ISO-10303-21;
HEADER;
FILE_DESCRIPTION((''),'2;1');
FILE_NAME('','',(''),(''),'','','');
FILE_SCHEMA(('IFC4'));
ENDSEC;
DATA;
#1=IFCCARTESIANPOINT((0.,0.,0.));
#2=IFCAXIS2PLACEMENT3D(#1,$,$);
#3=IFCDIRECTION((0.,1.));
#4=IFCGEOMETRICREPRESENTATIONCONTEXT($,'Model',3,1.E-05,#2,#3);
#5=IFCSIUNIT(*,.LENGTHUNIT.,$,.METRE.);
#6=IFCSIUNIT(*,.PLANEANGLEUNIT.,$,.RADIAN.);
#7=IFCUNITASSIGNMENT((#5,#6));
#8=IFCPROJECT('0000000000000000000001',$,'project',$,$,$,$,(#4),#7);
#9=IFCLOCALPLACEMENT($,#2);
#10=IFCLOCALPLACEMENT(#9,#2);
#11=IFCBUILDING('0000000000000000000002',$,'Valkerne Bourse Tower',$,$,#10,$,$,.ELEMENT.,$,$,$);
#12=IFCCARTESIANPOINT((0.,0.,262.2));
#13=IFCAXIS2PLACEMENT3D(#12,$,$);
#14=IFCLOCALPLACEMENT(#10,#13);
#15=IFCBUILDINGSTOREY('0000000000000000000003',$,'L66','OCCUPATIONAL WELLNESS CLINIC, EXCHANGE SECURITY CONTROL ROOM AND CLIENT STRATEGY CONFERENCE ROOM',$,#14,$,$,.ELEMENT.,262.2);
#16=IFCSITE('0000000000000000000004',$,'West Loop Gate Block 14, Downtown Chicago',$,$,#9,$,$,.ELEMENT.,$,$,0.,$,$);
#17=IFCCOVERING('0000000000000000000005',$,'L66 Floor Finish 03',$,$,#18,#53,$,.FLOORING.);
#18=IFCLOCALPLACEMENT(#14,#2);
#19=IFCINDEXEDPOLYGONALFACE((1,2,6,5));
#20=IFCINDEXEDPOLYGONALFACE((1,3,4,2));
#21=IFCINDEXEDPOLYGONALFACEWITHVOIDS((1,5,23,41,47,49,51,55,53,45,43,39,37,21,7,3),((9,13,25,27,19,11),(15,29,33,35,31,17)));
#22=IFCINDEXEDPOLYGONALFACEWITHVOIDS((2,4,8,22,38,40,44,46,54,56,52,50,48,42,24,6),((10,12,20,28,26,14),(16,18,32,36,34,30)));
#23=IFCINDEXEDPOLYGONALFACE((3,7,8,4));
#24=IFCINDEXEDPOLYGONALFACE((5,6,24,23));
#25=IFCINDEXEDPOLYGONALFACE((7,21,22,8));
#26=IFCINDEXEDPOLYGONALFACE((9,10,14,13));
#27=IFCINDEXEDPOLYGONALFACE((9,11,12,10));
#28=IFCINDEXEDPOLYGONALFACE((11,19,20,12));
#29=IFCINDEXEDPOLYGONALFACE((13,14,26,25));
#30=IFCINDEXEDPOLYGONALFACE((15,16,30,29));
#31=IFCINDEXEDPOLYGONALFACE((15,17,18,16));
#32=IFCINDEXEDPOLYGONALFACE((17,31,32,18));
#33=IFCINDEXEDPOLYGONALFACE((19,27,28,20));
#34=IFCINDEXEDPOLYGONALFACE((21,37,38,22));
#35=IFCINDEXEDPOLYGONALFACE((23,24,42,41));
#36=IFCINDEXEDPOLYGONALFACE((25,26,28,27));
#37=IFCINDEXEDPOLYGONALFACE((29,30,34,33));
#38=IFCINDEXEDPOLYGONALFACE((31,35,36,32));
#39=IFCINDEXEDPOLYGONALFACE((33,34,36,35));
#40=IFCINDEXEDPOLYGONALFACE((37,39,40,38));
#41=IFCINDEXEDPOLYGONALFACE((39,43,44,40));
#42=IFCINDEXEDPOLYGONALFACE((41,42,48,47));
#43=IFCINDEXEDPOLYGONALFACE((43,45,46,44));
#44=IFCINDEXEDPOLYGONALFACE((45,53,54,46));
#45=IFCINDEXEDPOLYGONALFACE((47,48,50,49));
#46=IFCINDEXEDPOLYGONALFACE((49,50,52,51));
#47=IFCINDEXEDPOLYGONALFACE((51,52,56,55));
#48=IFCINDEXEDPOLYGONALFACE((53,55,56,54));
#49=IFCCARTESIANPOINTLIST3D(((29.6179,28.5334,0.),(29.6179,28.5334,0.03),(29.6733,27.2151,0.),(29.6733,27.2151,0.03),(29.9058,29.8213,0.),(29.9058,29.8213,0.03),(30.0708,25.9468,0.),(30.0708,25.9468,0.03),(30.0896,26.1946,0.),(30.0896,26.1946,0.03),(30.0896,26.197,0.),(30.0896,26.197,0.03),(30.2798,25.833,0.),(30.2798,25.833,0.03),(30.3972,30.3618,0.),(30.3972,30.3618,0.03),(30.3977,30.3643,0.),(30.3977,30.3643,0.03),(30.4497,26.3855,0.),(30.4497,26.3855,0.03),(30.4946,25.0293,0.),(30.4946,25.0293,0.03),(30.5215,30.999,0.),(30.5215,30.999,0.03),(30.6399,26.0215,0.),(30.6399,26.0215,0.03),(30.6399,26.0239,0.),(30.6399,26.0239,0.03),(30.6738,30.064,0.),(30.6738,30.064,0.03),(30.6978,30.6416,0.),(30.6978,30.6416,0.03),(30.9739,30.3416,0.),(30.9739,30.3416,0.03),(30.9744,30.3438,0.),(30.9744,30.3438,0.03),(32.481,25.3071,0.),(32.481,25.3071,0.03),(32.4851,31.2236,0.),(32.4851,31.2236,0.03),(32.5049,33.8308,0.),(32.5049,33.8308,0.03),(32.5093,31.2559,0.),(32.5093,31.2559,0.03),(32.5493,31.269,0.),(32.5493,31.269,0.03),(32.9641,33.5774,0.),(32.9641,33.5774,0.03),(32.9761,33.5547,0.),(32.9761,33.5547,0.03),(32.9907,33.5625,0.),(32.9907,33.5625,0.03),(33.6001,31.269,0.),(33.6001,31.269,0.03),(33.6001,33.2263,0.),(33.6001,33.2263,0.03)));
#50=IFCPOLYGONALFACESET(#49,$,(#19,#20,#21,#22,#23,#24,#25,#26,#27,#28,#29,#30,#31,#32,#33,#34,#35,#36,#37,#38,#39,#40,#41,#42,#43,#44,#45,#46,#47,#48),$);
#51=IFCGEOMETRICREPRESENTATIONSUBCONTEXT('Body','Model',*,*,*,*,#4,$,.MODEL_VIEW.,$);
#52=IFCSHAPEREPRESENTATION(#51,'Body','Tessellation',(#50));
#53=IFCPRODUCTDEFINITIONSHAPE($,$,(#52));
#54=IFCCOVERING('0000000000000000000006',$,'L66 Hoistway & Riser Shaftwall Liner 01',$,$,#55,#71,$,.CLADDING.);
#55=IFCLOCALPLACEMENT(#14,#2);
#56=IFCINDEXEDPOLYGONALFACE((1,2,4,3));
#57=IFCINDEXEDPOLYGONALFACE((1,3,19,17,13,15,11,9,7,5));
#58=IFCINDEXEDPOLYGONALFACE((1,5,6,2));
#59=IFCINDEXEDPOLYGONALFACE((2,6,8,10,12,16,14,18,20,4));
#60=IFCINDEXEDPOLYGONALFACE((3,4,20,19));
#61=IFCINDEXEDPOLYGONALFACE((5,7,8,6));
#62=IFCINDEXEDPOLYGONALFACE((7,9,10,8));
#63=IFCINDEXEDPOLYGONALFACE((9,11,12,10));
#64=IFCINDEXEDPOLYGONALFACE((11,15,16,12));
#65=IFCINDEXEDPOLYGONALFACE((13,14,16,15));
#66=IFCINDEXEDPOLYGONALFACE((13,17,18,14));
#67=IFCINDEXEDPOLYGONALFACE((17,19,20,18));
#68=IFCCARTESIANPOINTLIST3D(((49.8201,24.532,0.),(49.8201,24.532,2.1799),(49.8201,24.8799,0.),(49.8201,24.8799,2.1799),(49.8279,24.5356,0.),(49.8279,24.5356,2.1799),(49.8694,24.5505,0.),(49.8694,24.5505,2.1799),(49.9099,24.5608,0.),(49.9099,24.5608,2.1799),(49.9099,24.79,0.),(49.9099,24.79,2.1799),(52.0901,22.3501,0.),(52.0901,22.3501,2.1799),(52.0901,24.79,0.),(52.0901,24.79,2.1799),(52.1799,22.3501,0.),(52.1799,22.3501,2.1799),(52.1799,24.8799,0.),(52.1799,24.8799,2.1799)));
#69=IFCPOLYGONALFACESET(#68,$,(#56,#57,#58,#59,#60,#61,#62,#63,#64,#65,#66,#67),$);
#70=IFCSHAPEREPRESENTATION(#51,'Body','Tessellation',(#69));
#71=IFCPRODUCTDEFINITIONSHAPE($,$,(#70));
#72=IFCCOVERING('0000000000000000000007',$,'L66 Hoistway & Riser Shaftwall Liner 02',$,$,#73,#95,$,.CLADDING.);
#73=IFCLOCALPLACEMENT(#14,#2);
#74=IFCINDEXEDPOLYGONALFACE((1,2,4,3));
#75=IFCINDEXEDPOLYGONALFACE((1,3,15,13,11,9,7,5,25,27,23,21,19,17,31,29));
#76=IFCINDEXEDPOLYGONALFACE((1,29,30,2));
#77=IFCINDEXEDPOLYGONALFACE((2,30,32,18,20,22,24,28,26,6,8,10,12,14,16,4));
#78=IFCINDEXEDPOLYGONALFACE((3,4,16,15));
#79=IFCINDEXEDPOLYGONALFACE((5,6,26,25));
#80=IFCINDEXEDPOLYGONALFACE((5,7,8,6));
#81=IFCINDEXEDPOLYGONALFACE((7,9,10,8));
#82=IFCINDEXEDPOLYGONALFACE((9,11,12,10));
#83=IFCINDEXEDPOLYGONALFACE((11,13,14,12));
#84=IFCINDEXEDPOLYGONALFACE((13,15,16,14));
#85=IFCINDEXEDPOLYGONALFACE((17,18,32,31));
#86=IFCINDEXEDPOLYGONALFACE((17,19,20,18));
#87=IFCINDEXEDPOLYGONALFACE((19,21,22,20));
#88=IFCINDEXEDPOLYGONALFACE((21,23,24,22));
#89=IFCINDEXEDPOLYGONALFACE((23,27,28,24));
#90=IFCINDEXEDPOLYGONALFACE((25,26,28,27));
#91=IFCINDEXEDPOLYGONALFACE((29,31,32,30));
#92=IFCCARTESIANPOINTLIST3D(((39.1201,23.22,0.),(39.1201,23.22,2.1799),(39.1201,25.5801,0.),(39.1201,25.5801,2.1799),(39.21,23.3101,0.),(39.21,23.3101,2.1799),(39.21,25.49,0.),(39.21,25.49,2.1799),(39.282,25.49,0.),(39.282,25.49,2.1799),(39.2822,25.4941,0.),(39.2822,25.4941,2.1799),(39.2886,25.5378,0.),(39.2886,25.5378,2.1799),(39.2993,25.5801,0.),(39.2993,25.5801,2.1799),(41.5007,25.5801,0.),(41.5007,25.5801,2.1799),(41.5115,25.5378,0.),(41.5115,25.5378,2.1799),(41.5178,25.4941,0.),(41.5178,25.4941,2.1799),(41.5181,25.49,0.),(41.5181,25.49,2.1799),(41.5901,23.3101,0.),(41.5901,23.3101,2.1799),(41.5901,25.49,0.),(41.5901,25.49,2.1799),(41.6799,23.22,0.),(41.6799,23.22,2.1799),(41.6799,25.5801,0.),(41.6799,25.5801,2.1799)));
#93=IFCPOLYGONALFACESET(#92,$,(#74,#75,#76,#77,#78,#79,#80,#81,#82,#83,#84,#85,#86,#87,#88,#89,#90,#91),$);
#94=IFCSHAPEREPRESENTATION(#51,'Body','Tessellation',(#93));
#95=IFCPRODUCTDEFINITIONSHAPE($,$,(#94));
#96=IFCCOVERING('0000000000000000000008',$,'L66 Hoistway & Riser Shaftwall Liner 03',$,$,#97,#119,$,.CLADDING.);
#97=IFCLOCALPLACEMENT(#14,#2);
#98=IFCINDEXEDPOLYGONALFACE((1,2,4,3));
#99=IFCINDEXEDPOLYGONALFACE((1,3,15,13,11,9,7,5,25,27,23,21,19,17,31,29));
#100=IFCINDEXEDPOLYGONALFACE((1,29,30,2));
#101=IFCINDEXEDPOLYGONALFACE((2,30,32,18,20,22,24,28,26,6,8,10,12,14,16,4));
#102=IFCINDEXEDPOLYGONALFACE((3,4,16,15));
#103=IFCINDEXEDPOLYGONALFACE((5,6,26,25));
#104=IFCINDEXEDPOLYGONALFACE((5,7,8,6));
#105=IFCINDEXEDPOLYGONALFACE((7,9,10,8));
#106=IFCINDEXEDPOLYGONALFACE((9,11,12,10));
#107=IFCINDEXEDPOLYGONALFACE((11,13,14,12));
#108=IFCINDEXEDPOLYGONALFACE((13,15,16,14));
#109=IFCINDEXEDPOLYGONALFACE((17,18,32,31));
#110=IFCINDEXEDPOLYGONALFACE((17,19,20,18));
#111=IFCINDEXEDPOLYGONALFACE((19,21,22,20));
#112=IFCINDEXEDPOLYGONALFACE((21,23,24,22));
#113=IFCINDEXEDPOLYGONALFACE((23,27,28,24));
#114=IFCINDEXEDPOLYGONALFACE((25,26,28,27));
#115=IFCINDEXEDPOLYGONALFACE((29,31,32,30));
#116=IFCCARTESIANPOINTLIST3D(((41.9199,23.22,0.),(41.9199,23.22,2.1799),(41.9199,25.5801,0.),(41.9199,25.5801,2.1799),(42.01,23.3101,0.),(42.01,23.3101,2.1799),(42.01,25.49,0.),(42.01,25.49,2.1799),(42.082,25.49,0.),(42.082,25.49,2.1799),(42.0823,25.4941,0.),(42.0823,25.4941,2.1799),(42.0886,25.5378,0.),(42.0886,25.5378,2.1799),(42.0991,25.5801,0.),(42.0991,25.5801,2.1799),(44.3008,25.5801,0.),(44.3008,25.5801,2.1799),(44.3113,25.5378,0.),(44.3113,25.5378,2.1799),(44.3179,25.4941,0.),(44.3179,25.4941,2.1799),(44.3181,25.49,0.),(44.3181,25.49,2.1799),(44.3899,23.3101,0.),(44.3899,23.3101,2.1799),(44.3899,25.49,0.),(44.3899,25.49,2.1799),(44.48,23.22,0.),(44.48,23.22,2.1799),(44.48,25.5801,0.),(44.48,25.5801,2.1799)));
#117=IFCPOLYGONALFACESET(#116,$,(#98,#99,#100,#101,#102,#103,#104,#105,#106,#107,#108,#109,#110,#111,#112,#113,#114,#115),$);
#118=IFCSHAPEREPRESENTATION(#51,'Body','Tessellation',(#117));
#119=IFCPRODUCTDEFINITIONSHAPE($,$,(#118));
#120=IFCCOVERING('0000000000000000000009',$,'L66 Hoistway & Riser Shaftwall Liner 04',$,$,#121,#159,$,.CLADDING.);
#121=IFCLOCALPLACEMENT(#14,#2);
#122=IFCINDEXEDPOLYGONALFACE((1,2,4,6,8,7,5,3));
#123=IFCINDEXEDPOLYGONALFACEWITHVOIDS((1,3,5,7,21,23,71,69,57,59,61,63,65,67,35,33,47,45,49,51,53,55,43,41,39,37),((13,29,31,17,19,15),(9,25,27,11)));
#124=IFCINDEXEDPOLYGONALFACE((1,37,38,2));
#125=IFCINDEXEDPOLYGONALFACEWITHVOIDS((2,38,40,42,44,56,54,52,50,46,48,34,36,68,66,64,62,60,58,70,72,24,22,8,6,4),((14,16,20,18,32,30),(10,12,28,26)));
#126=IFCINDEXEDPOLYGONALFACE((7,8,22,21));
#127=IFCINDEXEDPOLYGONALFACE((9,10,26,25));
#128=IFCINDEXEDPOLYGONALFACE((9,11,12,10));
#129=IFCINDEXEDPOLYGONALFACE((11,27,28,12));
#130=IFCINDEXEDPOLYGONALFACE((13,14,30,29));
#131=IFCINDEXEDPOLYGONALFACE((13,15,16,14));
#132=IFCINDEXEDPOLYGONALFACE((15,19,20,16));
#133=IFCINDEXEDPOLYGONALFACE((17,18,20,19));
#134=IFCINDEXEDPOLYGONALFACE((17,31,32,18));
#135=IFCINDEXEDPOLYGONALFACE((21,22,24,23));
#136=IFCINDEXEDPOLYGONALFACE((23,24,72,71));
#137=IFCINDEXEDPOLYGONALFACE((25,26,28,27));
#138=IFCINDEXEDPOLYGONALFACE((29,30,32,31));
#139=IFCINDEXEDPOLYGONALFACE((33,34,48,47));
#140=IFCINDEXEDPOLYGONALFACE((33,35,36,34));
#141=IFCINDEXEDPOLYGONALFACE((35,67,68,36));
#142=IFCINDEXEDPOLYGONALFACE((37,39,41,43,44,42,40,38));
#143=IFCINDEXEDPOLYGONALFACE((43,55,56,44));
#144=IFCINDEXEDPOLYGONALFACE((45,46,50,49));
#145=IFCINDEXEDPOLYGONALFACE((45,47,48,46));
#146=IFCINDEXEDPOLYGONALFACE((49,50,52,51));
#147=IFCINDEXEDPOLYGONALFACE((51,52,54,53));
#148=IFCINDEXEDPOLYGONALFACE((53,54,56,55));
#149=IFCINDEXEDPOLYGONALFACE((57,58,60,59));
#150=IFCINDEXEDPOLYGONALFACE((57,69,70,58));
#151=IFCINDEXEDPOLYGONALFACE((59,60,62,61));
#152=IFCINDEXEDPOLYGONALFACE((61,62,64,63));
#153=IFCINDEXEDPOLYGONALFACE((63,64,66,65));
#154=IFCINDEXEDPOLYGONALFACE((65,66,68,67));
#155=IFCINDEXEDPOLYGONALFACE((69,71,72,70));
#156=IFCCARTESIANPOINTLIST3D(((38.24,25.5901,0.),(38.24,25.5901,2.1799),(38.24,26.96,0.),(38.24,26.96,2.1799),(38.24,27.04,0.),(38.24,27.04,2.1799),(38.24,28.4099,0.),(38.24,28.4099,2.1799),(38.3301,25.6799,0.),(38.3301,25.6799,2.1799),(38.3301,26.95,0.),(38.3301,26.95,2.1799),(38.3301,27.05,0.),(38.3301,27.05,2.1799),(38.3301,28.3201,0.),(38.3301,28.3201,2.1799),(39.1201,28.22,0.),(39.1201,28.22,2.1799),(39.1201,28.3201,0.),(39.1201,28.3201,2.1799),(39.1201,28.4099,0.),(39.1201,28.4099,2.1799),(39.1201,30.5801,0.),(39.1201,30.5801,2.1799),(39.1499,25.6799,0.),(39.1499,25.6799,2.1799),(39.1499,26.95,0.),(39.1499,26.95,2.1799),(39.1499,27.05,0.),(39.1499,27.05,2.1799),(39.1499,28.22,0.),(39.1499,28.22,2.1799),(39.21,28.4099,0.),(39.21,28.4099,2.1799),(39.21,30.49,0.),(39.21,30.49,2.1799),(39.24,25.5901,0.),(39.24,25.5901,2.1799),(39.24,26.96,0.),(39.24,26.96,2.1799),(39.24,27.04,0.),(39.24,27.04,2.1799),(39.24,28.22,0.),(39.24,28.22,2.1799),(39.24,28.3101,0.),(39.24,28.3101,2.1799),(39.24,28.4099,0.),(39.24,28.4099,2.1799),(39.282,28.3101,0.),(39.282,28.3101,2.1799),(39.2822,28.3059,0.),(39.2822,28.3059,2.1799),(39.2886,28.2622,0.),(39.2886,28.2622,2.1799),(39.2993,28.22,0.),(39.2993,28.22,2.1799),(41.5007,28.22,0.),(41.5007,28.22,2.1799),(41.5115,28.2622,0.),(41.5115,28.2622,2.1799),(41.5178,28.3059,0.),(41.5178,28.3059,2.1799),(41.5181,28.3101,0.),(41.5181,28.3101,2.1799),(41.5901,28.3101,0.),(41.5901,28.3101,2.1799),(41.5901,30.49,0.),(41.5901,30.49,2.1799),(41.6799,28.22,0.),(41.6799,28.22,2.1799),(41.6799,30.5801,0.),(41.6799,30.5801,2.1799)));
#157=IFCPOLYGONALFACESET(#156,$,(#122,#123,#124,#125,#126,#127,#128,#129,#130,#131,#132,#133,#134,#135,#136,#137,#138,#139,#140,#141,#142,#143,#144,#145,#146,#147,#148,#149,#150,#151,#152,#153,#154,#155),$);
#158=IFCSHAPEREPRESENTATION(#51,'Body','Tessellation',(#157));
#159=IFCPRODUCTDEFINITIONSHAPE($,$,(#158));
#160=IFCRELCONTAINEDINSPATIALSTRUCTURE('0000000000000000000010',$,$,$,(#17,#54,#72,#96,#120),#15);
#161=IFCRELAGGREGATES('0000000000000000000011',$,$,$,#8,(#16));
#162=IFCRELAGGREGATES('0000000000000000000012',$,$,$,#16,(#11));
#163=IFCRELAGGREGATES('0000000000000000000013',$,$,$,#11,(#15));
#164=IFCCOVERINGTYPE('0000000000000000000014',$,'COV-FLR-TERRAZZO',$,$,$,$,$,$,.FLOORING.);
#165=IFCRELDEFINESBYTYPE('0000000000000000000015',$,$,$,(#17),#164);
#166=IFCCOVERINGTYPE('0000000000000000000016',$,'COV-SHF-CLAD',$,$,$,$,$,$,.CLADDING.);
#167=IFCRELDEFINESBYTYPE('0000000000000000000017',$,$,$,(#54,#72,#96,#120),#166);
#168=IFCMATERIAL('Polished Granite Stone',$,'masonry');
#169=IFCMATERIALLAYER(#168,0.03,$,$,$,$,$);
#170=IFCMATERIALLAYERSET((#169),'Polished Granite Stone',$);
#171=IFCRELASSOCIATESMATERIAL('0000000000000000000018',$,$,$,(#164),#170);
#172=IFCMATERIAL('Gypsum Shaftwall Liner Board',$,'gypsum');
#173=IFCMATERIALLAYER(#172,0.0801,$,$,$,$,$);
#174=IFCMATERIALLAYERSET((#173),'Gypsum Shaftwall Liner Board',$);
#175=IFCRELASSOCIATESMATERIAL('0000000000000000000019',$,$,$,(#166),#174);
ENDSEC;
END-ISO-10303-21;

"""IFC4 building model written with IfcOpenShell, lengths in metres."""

from ifc_helpers import new_model, si_unit, direction, frame, origin, place, context, subcontext, project, spatial, polyline, outline, extrude, material, layer, layer_set, type_object, element, save


model = new_model("IFC4")

# Units and contexts
model_context = context("Model", 3, precision=1e-05, world=origin(), true_north=direction((0.0, 1.0)))
body_context = subcontext(model_context, "Body", "Model", "MODEL_VIEW")
ifc_project = project(units=[si_unit("LENGTHUNIT", "METRE"), si_unit("PLANEANGLEUNIT", "RADIAN")], contexts=[model_context])

# Site, building, storey
site_placement = place(None, origin())
site = spatial("IfcSite", under=ifc_project, at=site_placement, Name="West Loop Gate Block 14, Downtown Chicago", CompositionType="ELEMENT", RefElevation=0.0)
building_placement = place(site_placement, origin())
building = spatial("IfcBuilding", under=site, at=building_placement, Name="Valkerne Bourse Tower", CompositionType="ELEMENT")
storey_placement = place(building_placement, frame((0.0, 0.0, 262.2)))
storey = spatial("IfcBuildingStorey", under=building, at=storey_placement, Name="L66", Description="OCCUPATIONAL WELLNESS CLINIC, EXCHANGE SECURITY CONTROL ROOM AND CLIENT STRATEGY CONFERENCE ROOM", CompositionType="ELEMENT", Elevation=262.2)

# Coverings
ifc_material_1 = material(Name="Polished Granite Stone", Category="masonry")
ifc_layer_1 = layer(ifc_material_1, 0.03)
ifc_layer_set_1 = layer_set([ifc_layer_1], Name="Polished Granite Stone")
covering_type_1 = type_object("IfcCoveringType", Name="COV-FLR-TERRAZZO", PredefinedType="FLOORING", material=ifc_layer_set_1)
covering_1_placement = place(storey_placement, origin())
element("IfcCovering", 1, at=covering_1_placement, inside=storey, type_object=covering_type_1, Name="L66 Floor Finish 03", PredefinedType="FLOORING", context=body_context, shape_type="SweptSolid", body=[
    extrude(outline(polyline([(29.6179, 28.5334), (29.9058, 29.8213), (30.5215, 30.999), (32.5049, 33.8308), (32.9641, 33.5774), (32.9761, 33.5547), (32.9907, 33.5625), (33.6001, 33.2263), (33.6001, 31.269), (32.5493, 31.269), (32.5093, 31.2559), (32.4851, 31.2236), (32.481, 25.3071), (30.4946, 25.0293), (30.0708, 25.9468), (29.6733, 27.2151), (29.6179, 28.5334)]), holes=[polyline([(30.6399, 26.0239), (30.4497, 26.3855), (30.0896, 26.197), (30.0896, 26.1946), (30.2798, 25.833), (30.6399, 26.0215), (30.6399, 26.0239)]), polyline([(30.9744, 30.3438), (30.6978, 30.6416), (30.3977, 30.3643), (30.3972, 30.3618), (30.6738, 30.064), (30.9739, 30.3416), (30.9744, 30.3438)])]), origin(), (0.0, 0.0, 1.0), 0.03),
])
ifc_material_2 = material(Name="Gypsum Shaftwall Liner Board", Category="gypsum")
ifc_layer_2 = layer(ifc_material_2, 0.0801)
ifc_layer_set_2 = layer_set([ifc_layer_2], Name="Gypsum Shaftwall Liner Board")
covering_type_2 = type_object("IfcCoveringType", Name="COV-SHF-CLAD", PredefinedType="CLADDING", material=ifc_layer_set_2)
covering_2_placement = place(storey_placement, origin())
element("IfcCovering", 2, at=covering_2_placement, inside=storey, type_object=covering_type_2, Name="L66 Hoistway & Riser Shaftwall Liner 01", PredefinedType="CLADDING", context=body_context, shape_type="SweptSolid", body=[
    extrude(outline(polyline([(52.1799, 24.8799), (52.1799, 22.3501), (52.0901, 22.3501), (52.0901, 24.79), (49.9099, 24.79), (49.9099, 24.5608), (49.8694, 24.5505), (49.8279, 24.5356), (49.8201, 24.532), (49.8201, 24.8799), (52.1799, 24.8799)])), origin(), (0.0, 0.0, 1.0), 2.1799),
])
covering_3_placement = place(storey_placement, origin())
element("IfcCovering", 3, at=covering_3_placement, inside=storey, type_object=covering_type_2, Name="L66 Hoistway & Riser Shaftwall Liner 02", PredefinedType="CLADDING", context=body_context, shape_type="SweptSolid", body=[
    extrude(outline(polyline([(39.2993, 25.5801), (39.2886, 25.5378), (39.2822, 25.4941), (39.282, 25.49), (39.21, 25.49), (39.21, 23.3101), (41.5901, 23.3101), (41.5901, 25.49), (41.5181, 25.49), (41.5178, 25.4941), (41.5115, 25.5378), (41.5007, 25.5801), (41.6799, 25.5801), (41.6799, 23.22), (39.1201, 23.22), (39.1201, 25.5801), (39.2993, 25.5801)])), origin(), (0.0, 0.0, 1.0), 2.1799),
])
covering_4_placement = place(storey_placement, origin())
element("IfcCovering", 4, at=covering_4_placement, inside=storey, type_object=covering_type_2, Name="L66 Hoistway & Riser Shaftwall Liner 03", PredefinedType="CLADDING", context=body_context, shape_type="SweptSolid", body=[
    extrude(outline(polyline([(42.0991, 25.5801), (42.0886, 25.5378), (42.0823, 25.4941), (42.082, 25.49), (42.01, 25.49), (42.01, 23.3101), (44.3899, 23.3101), (44.3899, 25.49), (44.3181, 25.49), (44.3179, 25.4941), (44.3113, 25.5378), (44.3008, 25.5801), (44.48, 25.5801), (44.48, 23.22), (41.9199, 23.22), (41.9199, 25.5801), (42.0991, 25.5801)])), origin(), (0.0, 0.0, 1.0), 2.1799),
])
covering_5_placement = place(storey_placement, origin())
element("IfcCovering", 5, at=covering_5_placement, inside=storey, type_object=covering_type_2, Name="L66 Hoistway & Riser Shaftwall Liner 04", PredefinedType="CLADDING", context=body_context, shape_type="SweptSolid", body=[
    extrude(outline(polyline([(38.24, 27.04), (38.24, 28.4099), (39.1201, 28.4099), (39.1201, 30.5801), (41.6799, 30.5801), (41.6799, 28.22), (41.5007, 28.22), (41.5115, 28.2622), (41.5178, 28.3059), (41.5181, 28.3101), (41.5901, 28.3101), (41.5901, 30.49), (39.21, 30.49), (39.21, 28.4099), (39.24, 28.4099), (39.24, 28.3101), (39.282, 28.3101), (39.2822, 28.3059), (39.2886, 28.2622), (39.2993, 28.22), (39.24, 28.22), (39.24, 27.04), (39.24, 26.96), (39.24, 25.5901), (38.24, 25.5901), (38.24, 26.96), (38.24, 27.04)]), holes=[polyline([(39.1499, 26.95), (38.3301, 26.95), (38.3301, 25.6799), (39.1499, 25.6799), (39.1499, 26.95)]), polyline([(39.1499, 28.22), (39.1201, 28.22), (39.1201, 28.3201), (38.3301, 28.3201), (38.3301, 27.05), (39.1499, 27.05), (39.1499, 28.22)])]), origin(), (0.0, 0.0, 1.0), 2.1799),
])

save(model, "model.ifc")
